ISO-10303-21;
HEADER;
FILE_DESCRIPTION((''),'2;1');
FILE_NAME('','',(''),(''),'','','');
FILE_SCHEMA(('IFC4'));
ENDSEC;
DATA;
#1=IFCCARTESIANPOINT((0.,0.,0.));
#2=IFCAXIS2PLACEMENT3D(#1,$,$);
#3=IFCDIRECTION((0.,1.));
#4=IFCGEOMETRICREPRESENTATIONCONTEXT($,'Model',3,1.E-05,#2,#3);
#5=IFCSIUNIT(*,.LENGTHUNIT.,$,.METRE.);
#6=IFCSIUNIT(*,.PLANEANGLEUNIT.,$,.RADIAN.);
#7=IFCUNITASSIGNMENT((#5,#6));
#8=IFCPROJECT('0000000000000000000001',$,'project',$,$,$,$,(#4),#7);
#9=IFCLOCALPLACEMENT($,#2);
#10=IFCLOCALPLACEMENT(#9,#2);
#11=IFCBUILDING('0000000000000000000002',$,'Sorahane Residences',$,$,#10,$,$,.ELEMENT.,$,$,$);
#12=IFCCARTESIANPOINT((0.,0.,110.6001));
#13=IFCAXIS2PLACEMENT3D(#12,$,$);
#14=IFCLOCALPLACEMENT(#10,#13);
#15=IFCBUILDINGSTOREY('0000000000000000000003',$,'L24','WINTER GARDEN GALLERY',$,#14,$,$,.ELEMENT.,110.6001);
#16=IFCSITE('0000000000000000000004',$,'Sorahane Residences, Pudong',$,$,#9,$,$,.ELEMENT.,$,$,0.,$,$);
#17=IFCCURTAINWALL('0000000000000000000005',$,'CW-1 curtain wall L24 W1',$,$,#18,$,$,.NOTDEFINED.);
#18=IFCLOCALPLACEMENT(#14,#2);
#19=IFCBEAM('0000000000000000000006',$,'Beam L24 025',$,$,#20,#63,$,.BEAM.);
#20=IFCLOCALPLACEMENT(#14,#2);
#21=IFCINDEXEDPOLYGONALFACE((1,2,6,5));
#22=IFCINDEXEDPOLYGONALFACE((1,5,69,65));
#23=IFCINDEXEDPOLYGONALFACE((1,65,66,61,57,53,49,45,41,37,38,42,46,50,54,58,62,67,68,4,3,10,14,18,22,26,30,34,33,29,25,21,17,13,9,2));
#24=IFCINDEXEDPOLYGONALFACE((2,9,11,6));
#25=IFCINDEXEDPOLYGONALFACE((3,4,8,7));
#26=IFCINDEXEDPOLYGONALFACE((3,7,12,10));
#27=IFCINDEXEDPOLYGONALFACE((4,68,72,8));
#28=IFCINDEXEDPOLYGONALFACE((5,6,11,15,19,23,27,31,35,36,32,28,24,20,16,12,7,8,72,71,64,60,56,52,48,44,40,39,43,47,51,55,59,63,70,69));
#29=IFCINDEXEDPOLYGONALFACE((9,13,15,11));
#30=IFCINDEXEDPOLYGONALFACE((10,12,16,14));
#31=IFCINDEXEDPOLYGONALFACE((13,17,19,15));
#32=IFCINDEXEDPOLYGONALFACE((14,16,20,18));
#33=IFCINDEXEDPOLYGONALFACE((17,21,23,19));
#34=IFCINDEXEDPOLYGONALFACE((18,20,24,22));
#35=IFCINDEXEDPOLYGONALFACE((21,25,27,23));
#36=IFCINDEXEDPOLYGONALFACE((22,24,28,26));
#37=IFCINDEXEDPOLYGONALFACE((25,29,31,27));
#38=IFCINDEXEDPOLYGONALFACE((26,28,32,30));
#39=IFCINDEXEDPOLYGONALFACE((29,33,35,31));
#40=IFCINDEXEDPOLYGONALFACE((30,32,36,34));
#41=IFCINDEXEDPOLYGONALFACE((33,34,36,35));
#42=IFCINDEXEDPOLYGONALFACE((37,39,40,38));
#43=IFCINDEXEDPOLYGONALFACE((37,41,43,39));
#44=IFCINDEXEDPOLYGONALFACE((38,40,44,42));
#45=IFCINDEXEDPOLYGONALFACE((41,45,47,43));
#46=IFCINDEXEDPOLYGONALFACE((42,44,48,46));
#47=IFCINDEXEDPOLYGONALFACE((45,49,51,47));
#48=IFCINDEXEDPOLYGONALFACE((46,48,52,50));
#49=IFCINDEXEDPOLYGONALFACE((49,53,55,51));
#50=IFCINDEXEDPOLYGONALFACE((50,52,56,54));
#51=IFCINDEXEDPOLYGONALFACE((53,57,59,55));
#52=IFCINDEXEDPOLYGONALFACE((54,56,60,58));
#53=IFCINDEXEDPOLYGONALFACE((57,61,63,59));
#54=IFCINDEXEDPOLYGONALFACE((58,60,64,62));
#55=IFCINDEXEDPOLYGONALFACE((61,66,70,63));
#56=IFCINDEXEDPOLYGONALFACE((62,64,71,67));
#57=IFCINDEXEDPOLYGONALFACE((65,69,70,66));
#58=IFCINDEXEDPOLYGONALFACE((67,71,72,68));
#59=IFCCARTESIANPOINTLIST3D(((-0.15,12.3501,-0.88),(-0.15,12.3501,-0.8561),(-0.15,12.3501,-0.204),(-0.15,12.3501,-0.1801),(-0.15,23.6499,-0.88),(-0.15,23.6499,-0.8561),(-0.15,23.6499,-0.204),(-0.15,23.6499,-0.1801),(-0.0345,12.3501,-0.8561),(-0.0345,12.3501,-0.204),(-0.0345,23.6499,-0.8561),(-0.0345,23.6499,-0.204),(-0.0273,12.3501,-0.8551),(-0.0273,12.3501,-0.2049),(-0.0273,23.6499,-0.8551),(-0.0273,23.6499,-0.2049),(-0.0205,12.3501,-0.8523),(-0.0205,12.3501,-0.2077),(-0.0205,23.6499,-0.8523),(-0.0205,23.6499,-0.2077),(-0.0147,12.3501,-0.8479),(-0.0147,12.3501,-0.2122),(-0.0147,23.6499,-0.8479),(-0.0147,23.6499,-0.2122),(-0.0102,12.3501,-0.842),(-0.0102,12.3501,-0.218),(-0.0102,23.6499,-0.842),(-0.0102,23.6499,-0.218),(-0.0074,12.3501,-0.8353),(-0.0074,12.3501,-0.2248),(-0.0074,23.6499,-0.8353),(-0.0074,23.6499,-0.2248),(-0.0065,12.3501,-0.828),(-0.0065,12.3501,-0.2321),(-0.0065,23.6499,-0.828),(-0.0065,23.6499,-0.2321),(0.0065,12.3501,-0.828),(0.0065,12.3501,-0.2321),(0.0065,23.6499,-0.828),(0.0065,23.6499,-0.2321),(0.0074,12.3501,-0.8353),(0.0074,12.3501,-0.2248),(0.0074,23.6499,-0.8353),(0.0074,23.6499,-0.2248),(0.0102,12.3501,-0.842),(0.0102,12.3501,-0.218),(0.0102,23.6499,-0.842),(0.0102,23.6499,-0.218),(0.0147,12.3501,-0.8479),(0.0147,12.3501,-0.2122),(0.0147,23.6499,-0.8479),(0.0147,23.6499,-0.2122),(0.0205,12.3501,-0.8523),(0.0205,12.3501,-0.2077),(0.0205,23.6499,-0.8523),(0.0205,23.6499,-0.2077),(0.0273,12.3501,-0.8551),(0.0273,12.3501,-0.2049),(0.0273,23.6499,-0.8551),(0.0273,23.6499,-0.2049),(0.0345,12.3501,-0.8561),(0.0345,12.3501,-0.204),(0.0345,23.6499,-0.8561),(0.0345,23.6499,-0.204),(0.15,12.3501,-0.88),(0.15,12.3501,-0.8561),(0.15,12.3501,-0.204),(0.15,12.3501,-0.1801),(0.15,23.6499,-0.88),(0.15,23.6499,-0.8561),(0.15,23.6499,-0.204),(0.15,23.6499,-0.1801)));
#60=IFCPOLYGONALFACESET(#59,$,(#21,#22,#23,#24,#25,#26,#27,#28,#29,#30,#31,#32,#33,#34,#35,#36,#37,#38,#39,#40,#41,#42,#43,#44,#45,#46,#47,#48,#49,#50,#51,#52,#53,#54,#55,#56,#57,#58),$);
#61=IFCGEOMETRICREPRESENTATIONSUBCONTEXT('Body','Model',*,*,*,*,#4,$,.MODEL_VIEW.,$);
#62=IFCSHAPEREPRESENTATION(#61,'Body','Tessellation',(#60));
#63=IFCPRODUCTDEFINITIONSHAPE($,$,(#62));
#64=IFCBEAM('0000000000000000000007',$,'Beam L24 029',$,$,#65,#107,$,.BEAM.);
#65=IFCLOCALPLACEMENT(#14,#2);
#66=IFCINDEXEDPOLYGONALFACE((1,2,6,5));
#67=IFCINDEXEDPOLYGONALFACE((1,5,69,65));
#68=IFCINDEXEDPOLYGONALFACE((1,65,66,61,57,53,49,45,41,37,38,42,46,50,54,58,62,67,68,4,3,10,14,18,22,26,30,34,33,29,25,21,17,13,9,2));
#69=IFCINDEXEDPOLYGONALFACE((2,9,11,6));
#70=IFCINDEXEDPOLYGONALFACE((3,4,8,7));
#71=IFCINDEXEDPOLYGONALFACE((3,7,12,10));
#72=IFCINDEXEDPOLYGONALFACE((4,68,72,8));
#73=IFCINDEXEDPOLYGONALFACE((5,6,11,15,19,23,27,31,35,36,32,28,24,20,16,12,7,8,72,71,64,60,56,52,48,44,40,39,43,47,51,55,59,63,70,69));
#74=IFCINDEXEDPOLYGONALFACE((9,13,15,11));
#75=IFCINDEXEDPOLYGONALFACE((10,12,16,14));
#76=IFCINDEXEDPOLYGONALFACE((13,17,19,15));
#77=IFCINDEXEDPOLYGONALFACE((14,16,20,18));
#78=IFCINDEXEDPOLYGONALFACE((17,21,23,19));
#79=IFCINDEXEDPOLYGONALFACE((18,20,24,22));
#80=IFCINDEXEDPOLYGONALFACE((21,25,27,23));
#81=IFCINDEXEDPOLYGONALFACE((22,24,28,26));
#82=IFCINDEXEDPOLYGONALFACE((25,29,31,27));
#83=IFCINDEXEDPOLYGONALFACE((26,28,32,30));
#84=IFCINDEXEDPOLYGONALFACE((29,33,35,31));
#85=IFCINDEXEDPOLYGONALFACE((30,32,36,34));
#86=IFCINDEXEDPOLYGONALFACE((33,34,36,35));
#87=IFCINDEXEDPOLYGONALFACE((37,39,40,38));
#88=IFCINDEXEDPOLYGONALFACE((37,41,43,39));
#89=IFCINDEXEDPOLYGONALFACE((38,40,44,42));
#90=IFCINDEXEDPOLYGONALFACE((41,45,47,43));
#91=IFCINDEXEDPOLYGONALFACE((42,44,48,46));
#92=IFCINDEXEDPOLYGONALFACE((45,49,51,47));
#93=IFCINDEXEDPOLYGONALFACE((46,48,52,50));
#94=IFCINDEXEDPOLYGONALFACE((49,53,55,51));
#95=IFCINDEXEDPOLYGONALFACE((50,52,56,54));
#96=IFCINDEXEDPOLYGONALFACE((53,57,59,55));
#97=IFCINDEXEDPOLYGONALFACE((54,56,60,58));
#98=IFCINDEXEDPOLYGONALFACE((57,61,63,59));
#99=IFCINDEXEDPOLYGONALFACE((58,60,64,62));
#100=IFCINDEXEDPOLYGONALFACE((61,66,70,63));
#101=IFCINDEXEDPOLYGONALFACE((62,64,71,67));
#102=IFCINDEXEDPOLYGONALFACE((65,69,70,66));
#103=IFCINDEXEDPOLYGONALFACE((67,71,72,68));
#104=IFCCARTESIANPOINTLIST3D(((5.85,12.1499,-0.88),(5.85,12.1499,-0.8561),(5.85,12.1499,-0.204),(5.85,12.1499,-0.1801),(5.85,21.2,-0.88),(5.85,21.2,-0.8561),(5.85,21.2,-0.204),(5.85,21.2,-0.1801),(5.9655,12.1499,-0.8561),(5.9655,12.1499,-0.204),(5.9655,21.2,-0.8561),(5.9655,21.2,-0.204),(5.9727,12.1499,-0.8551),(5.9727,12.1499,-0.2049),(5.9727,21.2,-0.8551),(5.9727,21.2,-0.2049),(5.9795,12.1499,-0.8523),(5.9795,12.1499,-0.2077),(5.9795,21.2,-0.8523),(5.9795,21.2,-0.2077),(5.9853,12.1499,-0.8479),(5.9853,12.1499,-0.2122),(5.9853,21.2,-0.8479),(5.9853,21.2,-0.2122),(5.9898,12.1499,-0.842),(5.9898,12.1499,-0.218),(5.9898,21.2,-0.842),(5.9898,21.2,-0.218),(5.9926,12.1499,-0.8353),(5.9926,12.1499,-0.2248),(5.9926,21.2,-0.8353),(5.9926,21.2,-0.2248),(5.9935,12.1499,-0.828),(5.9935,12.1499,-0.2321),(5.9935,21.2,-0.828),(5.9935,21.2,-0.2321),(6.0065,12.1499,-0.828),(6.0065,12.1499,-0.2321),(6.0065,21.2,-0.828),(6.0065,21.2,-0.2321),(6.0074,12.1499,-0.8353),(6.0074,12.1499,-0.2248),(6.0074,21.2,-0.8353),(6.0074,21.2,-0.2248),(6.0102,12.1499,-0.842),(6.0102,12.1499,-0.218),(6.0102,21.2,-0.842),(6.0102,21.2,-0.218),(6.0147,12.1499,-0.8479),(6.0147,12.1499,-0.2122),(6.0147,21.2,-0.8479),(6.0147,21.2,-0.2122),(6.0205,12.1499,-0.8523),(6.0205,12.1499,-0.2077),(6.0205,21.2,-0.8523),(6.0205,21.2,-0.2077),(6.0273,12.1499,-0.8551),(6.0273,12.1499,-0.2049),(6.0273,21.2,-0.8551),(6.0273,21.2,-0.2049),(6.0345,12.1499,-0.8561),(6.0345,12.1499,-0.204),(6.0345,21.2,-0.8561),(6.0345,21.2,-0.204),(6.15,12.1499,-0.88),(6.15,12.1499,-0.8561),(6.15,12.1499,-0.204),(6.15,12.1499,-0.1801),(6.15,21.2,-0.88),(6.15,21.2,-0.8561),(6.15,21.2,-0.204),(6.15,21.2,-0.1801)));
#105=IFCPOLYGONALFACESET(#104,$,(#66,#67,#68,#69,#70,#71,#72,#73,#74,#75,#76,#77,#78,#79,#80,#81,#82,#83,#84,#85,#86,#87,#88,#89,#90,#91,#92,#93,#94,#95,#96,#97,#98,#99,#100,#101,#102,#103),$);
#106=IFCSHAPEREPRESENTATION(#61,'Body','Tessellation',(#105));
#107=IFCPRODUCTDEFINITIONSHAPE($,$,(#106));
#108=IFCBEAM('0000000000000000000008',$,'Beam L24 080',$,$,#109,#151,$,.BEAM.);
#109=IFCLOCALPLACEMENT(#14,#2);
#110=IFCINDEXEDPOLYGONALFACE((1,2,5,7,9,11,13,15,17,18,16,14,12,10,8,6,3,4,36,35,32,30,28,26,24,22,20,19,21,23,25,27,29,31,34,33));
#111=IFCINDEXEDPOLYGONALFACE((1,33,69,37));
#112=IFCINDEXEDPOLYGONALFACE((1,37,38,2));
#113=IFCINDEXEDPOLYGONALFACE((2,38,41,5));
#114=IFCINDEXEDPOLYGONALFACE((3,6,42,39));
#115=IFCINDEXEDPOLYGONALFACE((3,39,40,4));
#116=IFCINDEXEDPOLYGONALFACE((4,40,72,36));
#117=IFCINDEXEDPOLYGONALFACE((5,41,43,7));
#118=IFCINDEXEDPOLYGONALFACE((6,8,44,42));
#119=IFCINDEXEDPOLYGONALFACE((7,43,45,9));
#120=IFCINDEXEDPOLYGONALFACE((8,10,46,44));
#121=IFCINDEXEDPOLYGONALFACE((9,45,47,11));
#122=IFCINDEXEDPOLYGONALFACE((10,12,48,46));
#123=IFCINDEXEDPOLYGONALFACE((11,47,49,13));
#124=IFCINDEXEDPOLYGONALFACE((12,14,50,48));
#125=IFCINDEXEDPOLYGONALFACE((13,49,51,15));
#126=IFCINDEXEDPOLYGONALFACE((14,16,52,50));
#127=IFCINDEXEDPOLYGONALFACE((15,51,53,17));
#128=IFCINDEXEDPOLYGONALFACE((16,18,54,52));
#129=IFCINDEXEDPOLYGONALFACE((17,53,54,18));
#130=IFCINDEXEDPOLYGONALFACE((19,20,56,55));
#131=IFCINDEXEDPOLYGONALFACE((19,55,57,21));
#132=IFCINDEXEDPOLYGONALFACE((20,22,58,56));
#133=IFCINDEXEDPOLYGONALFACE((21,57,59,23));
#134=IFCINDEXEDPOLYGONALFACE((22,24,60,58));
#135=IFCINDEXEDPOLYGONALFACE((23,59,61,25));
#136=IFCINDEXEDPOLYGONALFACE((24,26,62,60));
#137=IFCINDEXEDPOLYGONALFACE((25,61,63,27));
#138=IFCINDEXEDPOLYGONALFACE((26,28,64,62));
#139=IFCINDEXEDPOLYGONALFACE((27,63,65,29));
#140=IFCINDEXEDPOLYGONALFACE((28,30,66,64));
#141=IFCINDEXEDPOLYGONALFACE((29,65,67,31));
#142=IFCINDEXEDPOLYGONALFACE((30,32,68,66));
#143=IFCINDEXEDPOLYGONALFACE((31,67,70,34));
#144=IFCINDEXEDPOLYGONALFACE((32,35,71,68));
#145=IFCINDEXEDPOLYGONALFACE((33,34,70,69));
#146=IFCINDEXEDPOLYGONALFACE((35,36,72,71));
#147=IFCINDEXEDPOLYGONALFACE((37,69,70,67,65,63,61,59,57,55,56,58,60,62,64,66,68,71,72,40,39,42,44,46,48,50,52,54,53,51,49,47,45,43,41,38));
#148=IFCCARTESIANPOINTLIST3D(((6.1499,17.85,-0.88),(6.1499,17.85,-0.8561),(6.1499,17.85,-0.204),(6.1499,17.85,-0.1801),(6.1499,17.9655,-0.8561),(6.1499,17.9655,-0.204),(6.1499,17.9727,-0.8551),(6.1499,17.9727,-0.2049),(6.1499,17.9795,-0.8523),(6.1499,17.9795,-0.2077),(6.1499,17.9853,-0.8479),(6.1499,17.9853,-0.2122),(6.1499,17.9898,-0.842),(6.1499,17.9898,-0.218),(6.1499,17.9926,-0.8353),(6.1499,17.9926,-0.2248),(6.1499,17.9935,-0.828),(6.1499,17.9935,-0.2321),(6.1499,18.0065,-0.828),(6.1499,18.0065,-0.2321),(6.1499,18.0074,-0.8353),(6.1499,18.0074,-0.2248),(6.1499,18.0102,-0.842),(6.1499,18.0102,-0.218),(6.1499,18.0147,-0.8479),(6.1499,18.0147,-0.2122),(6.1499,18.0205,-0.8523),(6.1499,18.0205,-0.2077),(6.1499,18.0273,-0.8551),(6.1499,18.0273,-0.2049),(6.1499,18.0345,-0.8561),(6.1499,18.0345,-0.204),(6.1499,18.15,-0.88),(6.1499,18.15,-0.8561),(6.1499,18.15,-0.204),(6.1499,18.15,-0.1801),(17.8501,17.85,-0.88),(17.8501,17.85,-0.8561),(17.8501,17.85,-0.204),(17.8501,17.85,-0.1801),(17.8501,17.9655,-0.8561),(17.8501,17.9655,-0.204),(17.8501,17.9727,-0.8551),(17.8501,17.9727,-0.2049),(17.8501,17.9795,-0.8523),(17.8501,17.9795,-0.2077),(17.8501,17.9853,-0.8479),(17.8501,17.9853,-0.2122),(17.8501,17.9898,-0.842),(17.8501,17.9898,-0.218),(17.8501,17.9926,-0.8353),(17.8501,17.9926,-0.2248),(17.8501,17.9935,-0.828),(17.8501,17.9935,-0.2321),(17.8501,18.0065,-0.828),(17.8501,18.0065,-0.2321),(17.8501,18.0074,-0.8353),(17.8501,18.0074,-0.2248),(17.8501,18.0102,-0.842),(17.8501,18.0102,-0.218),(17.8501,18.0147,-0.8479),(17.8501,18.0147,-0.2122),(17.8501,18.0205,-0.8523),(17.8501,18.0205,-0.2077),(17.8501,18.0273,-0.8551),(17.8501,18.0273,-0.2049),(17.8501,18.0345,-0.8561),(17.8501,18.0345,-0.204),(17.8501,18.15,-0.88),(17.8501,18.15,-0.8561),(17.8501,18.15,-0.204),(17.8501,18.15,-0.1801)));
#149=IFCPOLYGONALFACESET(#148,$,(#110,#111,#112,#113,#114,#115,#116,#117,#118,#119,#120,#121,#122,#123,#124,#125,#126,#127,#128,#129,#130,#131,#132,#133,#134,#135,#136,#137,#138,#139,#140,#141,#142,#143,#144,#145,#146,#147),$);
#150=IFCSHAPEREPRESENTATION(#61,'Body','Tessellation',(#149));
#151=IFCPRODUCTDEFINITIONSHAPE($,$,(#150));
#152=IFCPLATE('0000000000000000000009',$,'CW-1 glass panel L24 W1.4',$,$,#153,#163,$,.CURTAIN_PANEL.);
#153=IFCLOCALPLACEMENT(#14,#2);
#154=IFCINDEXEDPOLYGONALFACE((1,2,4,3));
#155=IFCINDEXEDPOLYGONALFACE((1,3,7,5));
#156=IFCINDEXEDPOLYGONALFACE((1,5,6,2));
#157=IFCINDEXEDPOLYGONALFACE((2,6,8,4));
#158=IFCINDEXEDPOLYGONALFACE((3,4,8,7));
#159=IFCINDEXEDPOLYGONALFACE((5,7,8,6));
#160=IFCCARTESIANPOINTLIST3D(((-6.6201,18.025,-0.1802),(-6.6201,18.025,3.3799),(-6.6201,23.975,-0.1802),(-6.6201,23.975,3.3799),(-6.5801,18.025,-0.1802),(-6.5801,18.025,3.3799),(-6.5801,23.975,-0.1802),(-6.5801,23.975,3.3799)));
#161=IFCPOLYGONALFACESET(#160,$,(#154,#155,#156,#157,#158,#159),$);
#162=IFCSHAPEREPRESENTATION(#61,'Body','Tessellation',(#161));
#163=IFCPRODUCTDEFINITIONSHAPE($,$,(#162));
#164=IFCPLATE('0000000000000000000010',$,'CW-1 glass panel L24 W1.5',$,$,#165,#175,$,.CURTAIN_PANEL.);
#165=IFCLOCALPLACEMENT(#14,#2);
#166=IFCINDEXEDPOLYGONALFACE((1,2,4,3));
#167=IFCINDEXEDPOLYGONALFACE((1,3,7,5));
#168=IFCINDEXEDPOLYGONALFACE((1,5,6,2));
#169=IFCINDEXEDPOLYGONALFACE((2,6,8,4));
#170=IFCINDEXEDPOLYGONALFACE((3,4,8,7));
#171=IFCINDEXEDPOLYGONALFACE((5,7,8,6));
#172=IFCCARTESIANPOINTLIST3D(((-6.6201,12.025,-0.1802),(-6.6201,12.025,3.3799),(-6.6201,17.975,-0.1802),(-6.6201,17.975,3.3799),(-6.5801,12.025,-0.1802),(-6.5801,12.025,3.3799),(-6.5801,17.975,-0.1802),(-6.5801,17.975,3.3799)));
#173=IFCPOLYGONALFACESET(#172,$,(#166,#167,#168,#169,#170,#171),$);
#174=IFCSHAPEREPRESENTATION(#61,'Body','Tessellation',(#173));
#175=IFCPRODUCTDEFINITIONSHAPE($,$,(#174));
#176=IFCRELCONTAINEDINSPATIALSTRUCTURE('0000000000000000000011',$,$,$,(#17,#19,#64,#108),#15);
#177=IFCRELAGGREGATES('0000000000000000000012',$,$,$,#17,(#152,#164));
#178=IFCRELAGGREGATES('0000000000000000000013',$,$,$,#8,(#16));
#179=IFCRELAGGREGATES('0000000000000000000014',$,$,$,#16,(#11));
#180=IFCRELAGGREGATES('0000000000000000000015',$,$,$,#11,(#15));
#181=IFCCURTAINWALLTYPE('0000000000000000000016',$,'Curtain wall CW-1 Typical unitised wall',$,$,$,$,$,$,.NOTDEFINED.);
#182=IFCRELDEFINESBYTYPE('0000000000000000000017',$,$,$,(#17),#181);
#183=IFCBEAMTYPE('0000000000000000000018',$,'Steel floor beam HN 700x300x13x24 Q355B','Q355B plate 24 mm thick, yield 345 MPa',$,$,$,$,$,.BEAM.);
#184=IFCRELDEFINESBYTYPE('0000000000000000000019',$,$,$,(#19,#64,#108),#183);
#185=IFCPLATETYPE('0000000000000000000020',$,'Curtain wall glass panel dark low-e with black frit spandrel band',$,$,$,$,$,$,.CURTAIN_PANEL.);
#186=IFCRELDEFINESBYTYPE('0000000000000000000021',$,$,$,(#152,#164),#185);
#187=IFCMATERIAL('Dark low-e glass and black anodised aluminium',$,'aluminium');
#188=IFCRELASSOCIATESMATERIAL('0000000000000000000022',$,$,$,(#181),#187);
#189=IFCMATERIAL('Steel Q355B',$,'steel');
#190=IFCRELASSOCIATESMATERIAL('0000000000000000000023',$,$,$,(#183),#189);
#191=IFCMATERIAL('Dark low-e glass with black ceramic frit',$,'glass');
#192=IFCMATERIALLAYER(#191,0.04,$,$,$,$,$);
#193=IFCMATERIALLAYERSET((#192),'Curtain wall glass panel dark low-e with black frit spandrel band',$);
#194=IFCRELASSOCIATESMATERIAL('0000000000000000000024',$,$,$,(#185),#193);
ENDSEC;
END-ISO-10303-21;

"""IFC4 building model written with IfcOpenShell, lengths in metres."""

from ifc_helpers import new_model, si_unit, direction, frame, origin, origin_2d, place, context, subcontext, project, spatial, rectangle, i_section, extrude, material, layer, layer_set, material_profile, profile_set, type_object, element, aggregate, save


model = new_model("IFC4")

# Units and contexts
model_context = context("Model", 3, precision=1e-05, world=origin(), true_north=direction((0.0, 1.0)))
body_context = subcontext(model_context, "Body", "Model", "MODEL_VIEW")
ifc_project = project(units=[si_unit("LENGTHUNIT", "METRE"), si_unit("PLANEANGLEUNIT", "RADIAN")], contexts=[model_context])

# Site, building, storey
site_placement = place(None, origin())
site = spatial("IfcSite", under=ifc_project, at=site_placement, Name="Sorahane Residences, Pudong", CompositionType="ELEMENT", RefElevation=0.0)
building_placement = place(site_placement, origin())
building = spatial("IfcBuilding", under=site, at=building_placement, Name="Sorahane Residences", CompositionType="ELEMENT")
storey_placement = place(building_placement, frame((0.0, 0.0, 110.6001)))
storey = spatial("IfcBuildingStorey", under=building, at=storey_placement, Name="L24", Description="WINTER GARDEN GALLERY", CompositionType="ELEMENT", Elevation=110.6001)

# Curtain wall
ifc_material_1 = material(Name="Dark low-e glass and black anodised aluminium", Category="aluminium")
curtain_wall_type = type_object("IfcCurtainWallType", Name="Curtain wall CW-1 Typical unitised wall", PredefinedType="NOTDEFINED", material=ifc_material_1)
curtain_wall_placement = place(storey_placement, origin())
curtain_wall = element("IfcCurtainWall", 1, at=curtain_wall_placement, inside=storey, type_object=curtain_wall_type, Name="CW-1 curtain wall L24 W1", PredefinedType="NOTDEFINED")

# Beams
ifc_material_2 = material(Name="Steel Q355B", Category="steel")
ifc_material_profile_1 = material_profile(ifc_material_2, i_section(OverallWidth=0.3, OverallDepth=0.7, WebThickness=0.0129, FlangeThickness=0.0239, FilletRadius=0.0281, at=origin_2d()), Name="HN 700x300x13x24")
ifc_profile_set_1 = profile_set([ifc_material_profile_1], Name="Steel Q355B")
beam_type_1 = type_object("IfcBeamType", Name="Steel floor beam HN 700x300x13x24 Q355B", Description="Q355B plate 24 mm thick, yield 345 MPa", PredefinedType="BEAM", material=ifc_profile_set_1)
beam_1_placement = place(storey_placement, frame((0.0, 12.3501, -0.53), z_axis=(0.0, 1.0, 0.0), x_axis=(-1.0, 0.0, 0.0)))
element("IfcBeam", 2, at=beam_1_placement, inside=storey, type_object=beam_type_1, Name="Beam L24 025", PredefinedType="BEAM", context=body_context, shape_type="SweptSolid", body=[
    extrude(i_section(OverallWidth=0.3, OverallDepth=0.7, WebThickness=0.0129, FlangeThickness=0.0239, FilletRadius=0.0281, at=origin_2d()), origin(), (0.0, 0.0, 1.0), 11.2998),
])
beam_2_placement = place(storey_placement, frame((6.0, 12.1499, -0.53), z_axis=(0.0, 1.0, 0.0), x_axis=(-1.0, 0.0, 0.0)))
element("IfcBeam", 3, at=beam_2_placement, inside=storey, type_object=beam_type_1, Name="Beam L24 029", PredefinedType="BEAM", context=body_context, shape_type="SweptSolid", body=[
    extrude(i_section(OverallWidth=0.3, OverallDepth=0.7, WebThickness=0.0129, FlangeThickness=0.0239, FilletRadius=0.0281, at=origin_2d()), origin(), (0.0, 0.0, 1.0), 9.05),
])
beam_3_placement = place(storey_placement, frame((6.1499, 18.0, -0.53), z_axis=(1.0, 0.0, 0.0), x_axis=(0.0, 1.0, 0.0)))
element("IfcBeam", 4, at=beam_3_placement, inside=storey, type_object=beam_type_1, Name="Beam L24 080", PredefinedType="BEAM", context=body_context, shape_type="SweptSolid", body=[
    extrude(i_section(OverallWidth=0.3, OverallDepth=0.7, WebThickness=0.0129, FlangeThickness=0.0239, FilletRadius=0.0281, at=origin_2d()), origin(), (0.0, 0.0, 1.0), 11.7002),
])

# Plates
ifc_material_3 = material(Name="Dark low-e glass with black ceramic frit", Category="glass")
ifc_layer_1 = layer(ifc_material_3, 0.04)
ifc_layer_set_1 = layer_set([ifc_layer_1], Name="Curtain wall glass panel dark low-e with black frit spandrel band")
plate_type = type_object("IfcPlateType", Name="Curtain wall glass panel dark low-e with black frit spandrel band", PredefinedType="CURTAIN_PANEL", material=ifc_layer_set_1)
plate_1_placement = place(storey_placement, frame((-6.6001, 21.0, -0.1802), z_axis=(0.0, 0.0, 1.0), x_axis=(0.0, -1.0, 0.0)))
plate_1 = element("IfcPlate", 5, at=plate_1_placement, type_object=plate_type, Name="CW-1 glass panel L24 W1.4", PredefinedType="CURTAIN_PANEL", context=body_context, shape_type="SweptSolid", body=[
    extrude(rectangle(XDim=5.95, YDim=0.04, at=origin_2d()), origin(), (0.0, 0.0, 1.0), 3.5601),
])
plate_2_placement = place(storey_placement, frame((-6.6001, 15.0, -0.1802), z_axis=(0.0, 0.0, 1.0), x_axis=(0.0, -1.0, 0.0)))
plate_2 = element("IfcPlate", 6, at=plate_2_placement, type_object=plate_type, Name="CW-1 glass panel L24 W1.5", PredefinedType="CURTAIN_PANEL", context=body_context, shape_type="SweptSolid", body=[
    extrude(rectangle(XDim=5.95, YDim=0.04, at=origin_2d()), origin(), (0.0, 0.0, 1.0), 3.5601),
])
aggregate(curtain_wall, [plate_1, plate_2])

save(model, "model.ifc")
